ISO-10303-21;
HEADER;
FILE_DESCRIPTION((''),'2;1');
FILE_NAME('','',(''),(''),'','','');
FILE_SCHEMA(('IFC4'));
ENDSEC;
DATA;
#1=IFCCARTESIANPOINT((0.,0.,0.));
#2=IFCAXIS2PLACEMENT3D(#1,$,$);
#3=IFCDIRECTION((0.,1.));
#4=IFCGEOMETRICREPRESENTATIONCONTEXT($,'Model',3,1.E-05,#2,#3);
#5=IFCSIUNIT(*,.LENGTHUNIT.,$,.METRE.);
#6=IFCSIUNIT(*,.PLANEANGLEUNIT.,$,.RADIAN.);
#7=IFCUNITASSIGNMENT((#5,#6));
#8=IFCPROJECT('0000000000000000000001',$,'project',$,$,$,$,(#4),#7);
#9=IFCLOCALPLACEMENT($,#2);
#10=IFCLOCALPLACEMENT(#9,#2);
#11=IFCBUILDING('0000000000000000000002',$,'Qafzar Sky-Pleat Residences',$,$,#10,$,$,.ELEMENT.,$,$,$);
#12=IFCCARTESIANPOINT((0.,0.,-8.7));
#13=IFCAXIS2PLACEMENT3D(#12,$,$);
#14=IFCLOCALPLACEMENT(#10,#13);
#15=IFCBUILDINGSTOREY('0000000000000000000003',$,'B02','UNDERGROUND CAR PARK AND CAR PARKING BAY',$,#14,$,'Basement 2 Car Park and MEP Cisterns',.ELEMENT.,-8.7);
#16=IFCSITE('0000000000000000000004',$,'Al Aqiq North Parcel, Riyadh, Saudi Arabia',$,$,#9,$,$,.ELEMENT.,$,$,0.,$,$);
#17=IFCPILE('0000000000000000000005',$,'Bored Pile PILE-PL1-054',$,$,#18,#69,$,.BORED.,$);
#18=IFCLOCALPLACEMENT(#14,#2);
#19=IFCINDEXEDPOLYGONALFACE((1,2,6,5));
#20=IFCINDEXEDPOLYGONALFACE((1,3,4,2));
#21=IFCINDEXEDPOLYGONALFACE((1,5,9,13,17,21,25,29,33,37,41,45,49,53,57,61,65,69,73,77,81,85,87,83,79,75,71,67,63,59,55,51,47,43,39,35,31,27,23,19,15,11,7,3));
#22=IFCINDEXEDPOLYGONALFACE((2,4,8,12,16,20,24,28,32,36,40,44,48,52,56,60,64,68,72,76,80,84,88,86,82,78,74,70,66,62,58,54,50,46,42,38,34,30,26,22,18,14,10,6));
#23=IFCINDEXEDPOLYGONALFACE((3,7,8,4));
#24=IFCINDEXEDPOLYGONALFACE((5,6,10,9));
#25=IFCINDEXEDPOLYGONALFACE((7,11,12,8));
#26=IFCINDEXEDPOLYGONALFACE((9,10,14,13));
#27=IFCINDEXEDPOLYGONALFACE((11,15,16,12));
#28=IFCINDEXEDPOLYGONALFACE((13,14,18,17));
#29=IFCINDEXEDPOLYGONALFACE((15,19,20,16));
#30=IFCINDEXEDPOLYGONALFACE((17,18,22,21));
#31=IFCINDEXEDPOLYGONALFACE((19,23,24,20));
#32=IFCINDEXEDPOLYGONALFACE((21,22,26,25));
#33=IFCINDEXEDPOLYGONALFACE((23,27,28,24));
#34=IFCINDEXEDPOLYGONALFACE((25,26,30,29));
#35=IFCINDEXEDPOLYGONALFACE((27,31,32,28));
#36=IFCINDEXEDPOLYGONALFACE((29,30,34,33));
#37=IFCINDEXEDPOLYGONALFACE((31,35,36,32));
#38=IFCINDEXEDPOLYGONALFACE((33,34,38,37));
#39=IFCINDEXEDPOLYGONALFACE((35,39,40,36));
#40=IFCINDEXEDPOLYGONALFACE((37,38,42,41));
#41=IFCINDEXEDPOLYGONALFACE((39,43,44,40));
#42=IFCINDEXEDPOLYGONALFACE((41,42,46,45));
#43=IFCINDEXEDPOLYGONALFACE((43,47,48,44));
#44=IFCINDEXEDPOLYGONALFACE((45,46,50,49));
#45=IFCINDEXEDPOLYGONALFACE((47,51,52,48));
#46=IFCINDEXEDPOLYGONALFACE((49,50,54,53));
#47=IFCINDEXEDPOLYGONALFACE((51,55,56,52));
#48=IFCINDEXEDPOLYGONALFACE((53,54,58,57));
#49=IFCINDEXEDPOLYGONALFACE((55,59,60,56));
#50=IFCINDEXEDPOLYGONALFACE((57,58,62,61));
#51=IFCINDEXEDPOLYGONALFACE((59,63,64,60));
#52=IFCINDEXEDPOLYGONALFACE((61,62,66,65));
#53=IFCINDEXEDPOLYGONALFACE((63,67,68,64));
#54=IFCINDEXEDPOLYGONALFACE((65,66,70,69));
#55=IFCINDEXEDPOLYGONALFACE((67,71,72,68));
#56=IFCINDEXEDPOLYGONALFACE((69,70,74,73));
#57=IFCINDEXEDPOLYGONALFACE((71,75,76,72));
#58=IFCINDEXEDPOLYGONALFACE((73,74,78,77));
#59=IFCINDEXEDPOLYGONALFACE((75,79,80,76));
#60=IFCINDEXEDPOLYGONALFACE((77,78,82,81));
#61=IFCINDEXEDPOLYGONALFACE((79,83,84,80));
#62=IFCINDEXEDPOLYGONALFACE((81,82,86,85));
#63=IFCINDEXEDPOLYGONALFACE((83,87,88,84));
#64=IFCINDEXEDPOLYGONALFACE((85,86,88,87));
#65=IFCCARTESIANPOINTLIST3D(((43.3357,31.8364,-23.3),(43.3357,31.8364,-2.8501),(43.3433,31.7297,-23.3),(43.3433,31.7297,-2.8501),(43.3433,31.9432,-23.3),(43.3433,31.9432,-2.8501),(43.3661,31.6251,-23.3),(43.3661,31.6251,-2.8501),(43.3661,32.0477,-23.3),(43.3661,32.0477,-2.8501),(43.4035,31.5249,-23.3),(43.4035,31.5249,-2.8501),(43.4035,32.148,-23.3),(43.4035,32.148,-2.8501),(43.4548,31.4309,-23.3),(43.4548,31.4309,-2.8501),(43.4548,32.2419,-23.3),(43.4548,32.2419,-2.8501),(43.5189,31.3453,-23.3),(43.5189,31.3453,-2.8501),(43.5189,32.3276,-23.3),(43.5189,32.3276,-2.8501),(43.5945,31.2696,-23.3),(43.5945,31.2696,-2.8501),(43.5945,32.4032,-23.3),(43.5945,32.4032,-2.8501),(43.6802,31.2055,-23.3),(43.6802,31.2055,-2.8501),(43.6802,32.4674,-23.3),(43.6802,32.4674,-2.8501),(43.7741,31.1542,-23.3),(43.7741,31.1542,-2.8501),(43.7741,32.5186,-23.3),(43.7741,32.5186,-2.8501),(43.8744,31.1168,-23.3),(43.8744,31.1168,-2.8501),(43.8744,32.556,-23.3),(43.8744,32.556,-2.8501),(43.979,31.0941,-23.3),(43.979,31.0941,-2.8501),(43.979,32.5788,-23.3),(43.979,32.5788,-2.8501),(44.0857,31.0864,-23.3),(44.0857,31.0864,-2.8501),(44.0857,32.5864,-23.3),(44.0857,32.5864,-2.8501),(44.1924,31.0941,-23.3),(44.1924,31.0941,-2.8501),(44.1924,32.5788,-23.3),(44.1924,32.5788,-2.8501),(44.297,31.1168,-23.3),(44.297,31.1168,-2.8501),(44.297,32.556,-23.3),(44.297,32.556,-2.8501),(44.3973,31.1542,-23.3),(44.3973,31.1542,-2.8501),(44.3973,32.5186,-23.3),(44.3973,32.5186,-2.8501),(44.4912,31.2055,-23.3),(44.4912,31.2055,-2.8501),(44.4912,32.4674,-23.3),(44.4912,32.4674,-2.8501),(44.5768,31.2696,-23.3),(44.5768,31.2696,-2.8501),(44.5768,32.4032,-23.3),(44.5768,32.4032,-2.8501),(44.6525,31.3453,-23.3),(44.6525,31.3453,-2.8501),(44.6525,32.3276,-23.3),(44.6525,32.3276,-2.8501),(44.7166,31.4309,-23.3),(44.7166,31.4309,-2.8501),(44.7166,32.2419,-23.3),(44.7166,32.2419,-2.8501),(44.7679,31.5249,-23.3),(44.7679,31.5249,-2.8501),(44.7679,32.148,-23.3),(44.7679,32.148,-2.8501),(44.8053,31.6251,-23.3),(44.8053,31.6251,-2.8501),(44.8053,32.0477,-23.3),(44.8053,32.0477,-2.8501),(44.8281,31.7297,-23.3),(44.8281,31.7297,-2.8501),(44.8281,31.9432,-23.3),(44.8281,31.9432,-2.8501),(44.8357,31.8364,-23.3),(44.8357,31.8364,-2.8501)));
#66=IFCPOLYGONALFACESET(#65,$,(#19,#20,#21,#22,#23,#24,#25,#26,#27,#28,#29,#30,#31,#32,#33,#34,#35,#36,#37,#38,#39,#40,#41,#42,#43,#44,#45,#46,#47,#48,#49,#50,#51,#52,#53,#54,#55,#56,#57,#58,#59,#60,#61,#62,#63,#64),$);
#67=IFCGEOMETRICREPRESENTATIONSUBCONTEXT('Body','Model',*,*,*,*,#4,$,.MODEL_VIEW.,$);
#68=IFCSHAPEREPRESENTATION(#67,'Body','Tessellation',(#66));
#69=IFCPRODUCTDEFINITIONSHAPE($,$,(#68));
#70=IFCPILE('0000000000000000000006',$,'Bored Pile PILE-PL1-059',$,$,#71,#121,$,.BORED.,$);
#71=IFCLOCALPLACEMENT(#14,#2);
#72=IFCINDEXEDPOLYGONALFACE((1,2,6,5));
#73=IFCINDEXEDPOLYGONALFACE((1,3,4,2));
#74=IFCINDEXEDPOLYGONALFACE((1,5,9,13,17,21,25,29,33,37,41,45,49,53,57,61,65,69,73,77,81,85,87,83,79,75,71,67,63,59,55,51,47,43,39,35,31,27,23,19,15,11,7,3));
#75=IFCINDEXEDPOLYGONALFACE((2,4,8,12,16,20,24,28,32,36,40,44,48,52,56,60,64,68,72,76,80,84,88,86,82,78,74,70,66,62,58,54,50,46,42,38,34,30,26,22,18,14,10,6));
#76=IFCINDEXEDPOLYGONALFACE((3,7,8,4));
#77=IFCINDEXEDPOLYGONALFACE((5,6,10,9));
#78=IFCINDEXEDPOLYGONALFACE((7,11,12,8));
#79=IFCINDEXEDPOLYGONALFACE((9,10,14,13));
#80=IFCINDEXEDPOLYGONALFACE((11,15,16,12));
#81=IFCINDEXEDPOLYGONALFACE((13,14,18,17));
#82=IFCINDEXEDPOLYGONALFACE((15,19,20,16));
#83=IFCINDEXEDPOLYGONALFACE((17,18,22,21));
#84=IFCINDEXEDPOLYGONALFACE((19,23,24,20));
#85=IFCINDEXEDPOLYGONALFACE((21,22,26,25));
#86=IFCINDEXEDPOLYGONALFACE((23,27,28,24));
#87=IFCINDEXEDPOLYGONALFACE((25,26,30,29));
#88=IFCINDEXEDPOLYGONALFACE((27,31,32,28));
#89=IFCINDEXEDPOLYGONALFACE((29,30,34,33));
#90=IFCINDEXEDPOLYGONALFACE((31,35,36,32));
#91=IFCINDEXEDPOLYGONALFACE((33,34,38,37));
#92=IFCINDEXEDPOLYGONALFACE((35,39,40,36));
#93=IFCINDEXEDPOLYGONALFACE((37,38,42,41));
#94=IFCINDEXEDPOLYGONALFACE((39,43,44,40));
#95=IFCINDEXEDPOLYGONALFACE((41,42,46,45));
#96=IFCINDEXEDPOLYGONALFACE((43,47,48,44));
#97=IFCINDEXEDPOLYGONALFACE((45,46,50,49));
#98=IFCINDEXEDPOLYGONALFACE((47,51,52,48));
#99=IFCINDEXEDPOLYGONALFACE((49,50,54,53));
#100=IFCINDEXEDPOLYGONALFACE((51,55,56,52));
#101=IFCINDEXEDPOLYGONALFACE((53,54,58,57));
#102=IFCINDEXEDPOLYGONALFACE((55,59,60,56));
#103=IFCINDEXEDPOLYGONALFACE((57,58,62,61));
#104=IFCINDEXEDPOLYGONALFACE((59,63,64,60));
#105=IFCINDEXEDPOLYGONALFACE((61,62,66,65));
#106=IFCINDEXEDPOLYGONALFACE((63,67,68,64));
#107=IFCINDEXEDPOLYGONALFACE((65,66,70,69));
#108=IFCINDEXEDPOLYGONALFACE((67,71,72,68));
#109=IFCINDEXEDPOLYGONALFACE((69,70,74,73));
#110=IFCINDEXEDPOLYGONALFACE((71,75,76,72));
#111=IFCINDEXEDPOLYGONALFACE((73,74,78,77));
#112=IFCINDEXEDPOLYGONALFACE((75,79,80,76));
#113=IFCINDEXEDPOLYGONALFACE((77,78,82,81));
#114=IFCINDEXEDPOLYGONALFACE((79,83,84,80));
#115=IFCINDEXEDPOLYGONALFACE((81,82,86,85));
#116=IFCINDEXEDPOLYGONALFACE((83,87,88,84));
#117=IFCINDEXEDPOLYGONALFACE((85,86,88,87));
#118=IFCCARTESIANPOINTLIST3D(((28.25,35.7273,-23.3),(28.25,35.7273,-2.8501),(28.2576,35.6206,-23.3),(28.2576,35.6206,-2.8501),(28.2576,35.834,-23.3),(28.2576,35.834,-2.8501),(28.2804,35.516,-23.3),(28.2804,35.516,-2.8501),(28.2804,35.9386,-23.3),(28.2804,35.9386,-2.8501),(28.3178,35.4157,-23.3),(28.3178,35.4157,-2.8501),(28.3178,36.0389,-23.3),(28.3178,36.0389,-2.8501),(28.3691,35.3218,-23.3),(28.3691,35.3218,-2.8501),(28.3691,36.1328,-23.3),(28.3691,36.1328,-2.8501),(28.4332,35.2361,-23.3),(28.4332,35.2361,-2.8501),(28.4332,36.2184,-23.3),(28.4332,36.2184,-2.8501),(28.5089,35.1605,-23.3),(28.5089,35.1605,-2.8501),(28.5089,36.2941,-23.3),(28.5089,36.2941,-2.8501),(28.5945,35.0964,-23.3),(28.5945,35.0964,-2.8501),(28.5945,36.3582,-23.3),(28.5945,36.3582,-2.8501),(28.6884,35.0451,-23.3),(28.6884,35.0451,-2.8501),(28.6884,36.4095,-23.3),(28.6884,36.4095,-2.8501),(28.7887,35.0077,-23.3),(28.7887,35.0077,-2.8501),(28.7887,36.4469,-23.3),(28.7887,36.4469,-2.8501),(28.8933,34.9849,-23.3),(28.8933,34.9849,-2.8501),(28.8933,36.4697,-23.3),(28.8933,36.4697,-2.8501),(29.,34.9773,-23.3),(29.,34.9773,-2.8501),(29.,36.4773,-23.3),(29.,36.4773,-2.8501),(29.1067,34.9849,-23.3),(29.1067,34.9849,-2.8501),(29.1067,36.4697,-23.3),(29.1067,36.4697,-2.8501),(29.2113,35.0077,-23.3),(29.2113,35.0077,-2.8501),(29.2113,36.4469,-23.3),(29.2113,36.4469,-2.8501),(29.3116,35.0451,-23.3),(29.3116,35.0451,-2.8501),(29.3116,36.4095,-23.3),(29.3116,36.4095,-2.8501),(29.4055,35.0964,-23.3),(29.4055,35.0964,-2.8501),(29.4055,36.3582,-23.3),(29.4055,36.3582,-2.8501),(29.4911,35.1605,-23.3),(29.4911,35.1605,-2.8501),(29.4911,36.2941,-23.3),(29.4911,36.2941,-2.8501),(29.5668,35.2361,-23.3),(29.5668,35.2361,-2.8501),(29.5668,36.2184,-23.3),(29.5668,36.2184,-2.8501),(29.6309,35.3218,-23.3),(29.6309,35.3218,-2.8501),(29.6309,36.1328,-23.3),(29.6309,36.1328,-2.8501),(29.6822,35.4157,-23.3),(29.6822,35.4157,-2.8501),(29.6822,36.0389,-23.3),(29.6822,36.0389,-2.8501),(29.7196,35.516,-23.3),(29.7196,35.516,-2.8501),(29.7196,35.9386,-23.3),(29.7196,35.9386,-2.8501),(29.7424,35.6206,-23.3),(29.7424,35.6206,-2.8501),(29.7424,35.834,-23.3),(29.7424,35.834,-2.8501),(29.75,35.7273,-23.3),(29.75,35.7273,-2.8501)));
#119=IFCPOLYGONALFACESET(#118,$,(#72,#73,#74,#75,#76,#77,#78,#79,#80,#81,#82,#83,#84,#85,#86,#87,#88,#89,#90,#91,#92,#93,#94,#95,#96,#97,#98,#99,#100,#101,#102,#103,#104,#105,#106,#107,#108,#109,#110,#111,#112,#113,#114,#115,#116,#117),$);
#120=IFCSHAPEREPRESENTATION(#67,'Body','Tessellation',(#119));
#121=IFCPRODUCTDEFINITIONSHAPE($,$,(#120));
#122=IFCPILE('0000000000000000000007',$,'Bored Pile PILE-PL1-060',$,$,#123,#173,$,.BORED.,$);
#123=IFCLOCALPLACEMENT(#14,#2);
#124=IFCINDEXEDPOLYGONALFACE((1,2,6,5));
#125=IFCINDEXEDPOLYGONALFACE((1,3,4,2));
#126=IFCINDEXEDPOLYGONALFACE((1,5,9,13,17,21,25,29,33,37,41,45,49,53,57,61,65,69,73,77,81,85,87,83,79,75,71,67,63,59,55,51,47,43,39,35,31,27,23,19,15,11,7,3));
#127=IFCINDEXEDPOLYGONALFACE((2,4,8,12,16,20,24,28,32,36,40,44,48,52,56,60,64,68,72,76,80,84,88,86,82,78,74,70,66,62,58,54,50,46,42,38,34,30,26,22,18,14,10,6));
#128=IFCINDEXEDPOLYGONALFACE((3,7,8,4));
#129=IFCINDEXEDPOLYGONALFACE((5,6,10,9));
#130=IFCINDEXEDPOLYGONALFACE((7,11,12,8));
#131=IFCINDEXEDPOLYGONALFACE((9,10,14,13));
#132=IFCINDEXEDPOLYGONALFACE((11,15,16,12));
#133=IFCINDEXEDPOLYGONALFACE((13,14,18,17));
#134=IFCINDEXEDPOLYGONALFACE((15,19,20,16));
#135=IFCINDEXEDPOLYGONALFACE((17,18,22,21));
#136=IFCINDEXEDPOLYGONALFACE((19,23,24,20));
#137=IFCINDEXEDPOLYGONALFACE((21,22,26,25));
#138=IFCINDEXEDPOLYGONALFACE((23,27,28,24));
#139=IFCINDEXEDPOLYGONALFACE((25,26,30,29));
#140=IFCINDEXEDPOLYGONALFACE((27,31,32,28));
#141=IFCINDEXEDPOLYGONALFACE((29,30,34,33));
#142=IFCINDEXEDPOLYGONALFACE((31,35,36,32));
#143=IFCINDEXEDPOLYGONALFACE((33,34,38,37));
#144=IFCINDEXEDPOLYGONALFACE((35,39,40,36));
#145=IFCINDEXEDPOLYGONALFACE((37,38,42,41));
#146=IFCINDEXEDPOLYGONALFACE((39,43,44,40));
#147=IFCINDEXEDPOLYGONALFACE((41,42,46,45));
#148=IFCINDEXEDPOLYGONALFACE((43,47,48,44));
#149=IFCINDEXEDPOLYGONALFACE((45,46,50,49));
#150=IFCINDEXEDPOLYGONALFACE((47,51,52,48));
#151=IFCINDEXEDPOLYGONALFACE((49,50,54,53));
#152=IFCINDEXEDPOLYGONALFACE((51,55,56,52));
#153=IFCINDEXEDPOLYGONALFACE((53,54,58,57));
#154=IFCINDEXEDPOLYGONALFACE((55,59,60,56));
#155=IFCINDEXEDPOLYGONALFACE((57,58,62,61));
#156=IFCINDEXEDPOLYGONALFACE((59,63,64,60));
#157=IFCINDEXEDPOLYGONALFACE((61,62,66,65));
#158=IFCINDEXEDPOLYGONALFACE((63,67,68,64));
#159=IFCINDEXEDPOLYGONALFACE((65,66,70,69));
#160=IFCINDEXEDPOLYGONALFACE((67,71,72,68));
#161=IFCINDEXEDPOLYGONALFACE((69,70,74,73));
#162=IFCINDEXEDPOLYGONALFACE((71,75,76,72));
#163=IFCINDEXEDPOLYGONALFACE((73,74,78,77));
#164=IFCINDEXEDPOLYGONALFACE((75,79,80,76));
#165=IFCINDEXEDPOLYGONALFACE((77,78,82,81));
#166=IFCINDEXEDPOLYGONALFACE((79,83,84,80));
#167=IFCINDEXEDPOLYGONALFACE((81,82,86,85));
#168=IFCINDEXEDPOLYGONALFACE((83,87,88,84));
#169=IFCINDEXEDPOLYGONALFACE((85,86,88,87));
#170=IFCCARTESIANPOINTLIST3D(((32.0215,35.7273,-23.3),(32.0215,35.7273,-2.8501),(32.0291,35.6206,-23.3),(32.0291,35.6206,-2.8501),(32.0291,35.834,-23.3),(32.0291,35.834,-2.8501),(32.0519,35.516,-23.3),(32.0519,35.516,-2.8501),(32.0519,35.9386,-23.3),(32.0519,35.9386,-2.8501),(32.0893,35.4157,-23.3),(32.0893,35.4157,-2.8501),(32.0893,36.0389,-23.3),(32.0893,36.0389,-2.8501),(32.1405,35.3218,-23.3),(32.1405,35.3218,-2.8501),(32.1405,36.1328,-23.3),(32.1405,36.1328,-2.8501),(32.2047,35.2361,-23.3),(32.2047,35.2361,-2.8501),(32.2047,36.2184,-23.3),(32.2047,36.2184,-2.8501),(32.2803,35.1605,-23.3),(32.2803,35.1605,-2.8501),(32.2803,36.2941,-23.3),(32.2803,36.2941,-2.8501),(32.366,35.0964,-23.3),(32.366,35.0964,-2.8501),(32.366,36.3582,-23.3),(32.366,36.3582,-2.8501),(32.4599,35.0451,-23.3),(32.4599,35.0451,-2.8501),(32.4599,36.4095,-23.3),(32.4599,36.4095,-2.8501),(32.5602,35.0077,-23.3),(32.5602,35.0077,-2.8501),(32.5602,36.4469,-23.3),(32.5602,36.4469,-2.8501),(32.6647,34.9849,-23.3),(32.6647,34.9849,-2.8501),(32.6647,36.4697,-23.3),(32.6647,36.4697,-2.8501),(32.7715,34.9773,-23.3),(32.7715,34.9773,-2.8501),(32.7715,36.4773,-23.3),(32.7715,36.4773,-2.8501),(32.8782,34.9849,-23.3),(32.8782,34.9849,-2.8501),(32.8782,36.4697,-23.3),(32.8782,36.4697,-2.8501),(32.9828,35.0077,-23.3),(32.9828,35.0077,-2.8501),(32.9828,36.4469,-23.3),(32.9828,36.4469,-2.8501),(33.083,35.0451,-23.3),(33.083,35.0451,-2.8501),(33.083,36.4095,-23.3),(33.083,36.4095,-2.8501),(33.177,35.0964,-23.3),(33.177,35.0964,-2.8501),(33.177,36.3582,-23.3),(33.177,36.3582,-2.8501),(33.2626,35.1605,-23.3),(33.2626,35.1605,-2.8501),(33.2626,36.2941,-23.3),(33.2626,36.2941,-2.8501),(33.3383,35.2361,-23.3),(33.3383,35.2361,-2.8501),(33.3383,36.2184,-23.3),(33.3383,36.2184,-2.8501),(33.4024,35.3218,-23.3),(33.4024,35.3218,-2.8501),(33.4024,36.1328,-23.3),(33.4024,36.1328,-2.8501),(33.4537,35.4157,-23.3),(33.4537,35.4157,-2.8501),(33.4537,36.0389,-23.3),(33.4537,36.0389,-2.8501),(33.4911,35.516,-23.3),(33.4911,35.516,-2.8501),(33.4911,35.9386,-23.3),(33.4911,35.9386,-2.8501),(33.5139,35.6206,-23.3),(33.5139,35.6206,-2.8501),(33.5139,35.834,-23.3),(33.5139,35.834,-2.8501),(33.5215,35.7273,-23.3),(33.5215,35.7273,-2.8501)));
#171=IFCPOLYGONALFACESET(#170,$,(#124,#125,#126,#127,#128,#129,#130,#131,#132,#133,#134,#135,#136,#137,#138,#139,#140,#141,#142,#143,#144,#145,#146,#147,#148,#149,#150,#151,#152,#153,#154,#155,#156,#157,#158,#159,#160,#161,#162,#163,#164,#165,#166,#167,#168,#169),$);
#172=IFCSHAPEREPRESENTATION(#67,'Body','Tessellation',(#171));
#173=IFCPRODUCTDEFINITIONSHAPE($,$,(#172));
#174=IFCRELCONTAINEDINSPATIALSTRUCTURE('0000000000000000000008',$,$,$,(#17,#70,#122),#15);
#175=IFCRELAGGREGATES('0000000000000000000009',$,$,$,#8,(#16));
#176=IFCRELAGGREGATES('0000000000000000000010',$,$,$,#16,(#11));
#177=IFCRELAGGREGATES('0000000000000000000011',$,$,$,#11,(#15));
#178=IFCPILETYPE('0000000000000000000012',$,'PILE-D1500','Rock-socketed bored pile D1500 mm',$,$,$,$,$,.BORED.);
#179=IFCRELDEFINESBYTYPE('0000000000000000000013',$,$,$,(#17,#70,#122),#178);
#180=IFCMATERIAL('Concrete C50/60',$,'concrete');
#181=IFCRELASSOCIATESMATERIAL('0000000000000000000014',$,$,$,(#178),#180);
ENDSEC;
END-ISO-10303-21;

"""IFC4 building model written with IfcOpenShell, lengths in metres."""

from ifc_helpers import new_model, si_unit, direction, frame, origin, origin_2d, place, context, subcontext, project, spatial, circle, extrude, source, transform, mapped, material, material_profile, profile_set, type_object, element, save


model = new_model("IFC4")

# Units and contexts
model_context = context("Model", 3, precision=1e-05, world=origin(), true_north=direction((0.0, 1.0)))
body_context = subcontext(model_context, "Body", "Model", "MODEL_VIEW")
ifc_project = project(units=[si_unit("LENGTHUNIT", "METRE"), si_unit("PLANEANGLEUNIT", "RADIAN")], contexts=[model_context])

# Site, building, storey
site_placement = place(None, origin())
site = spatial("IfcSite", under=ifc_project, at=site_placement, Name="Al Aqiq North Parcel, Riyadh, Saudi Arabia", CompositionType="ELEMENT", RefElevation=0.0)
building_placement = place(site_placement, origin())
building = spatial("IfcBuilding", under=site, at=building_placement, Name="Qafzar Sky-Pleat Residences", CompositionType="ELEMENT")
storey_placement = place(building_placement, frame((0.0, 0.0, -8.7)))
storey = spatial("IfcBuildingStorey", under=building, at=storey_placement, Name="B02", Description="UNDERGROUND CAR PARK AND CAR PARKING BAY", LongName="Basement 2 Car Park and MEP Cisterns", CompositionType="ELEMENT", Elevation=-8.7)

# Piles
ifc_material_1 = material(Name="Concrete C50/60", Category="concrete")
ifc_material_profile_1 = material_profile(ifc_material_1, circle(Radius=0.75, at=origin_2d()), Name="PILE D1500")
ifc_profile_set_1 = profile_set([ifc_material_profile_1], Name="Concrete C50/60")
pile_type = type_object("IfcPileType", Name="PILE-D1500", Description="Rock-socketed bored pile D1500 mm", PredefinedType="BORED", material=ifc_profile_set_1)
shared_shape_1 = source(origin(), body_context, "Body", "SweptSolid", [
    extrude(circle(Radius=0.75, at=origin_2d()), origin(), (0.0, 0.0, 1.0), 20.45),
])
for number, where, z_axis, x_axis, name in (
    (1, (44.0857, 31.8364, -2.8501), (0.0, 0.0, -1.0), (1.0, 0.0, 0.0), "Bored Pile PILE-PL1-054"),
    (2, (29.0, 35.7273, -2.8501), (0.0, 0.0, -1.0), (1.0, 0.0, 0.0), "Bored Pile PILE-PL1-059"),
    (3, (32.7715, 35.7273, -2.8501), (0.0, 0.0, -1.0), (1.0, 0.0, 0.0), "Bored Pile PILE-PL1-060"),
):
    element("IfcPile", number, at=place(storey_placement, frame(where, z_axis=z_axis, x_axis=x_axis)), inside=storey, type_object=pile_type, Name=name, PredefinedType="BORED", context=body_context, shape_type="MappedRepresentation", body=[
        mapped(shared_shape_1, transform((0.0, 0.0, 0.0), x_axis=(1.0, 0.0, 0.0), y_axis=(0.0, 1.0, 0.0), z_axis=(0.0, 0.0, 1.0), scale=1.0)),
    ])

save(model, "model.ifc")
